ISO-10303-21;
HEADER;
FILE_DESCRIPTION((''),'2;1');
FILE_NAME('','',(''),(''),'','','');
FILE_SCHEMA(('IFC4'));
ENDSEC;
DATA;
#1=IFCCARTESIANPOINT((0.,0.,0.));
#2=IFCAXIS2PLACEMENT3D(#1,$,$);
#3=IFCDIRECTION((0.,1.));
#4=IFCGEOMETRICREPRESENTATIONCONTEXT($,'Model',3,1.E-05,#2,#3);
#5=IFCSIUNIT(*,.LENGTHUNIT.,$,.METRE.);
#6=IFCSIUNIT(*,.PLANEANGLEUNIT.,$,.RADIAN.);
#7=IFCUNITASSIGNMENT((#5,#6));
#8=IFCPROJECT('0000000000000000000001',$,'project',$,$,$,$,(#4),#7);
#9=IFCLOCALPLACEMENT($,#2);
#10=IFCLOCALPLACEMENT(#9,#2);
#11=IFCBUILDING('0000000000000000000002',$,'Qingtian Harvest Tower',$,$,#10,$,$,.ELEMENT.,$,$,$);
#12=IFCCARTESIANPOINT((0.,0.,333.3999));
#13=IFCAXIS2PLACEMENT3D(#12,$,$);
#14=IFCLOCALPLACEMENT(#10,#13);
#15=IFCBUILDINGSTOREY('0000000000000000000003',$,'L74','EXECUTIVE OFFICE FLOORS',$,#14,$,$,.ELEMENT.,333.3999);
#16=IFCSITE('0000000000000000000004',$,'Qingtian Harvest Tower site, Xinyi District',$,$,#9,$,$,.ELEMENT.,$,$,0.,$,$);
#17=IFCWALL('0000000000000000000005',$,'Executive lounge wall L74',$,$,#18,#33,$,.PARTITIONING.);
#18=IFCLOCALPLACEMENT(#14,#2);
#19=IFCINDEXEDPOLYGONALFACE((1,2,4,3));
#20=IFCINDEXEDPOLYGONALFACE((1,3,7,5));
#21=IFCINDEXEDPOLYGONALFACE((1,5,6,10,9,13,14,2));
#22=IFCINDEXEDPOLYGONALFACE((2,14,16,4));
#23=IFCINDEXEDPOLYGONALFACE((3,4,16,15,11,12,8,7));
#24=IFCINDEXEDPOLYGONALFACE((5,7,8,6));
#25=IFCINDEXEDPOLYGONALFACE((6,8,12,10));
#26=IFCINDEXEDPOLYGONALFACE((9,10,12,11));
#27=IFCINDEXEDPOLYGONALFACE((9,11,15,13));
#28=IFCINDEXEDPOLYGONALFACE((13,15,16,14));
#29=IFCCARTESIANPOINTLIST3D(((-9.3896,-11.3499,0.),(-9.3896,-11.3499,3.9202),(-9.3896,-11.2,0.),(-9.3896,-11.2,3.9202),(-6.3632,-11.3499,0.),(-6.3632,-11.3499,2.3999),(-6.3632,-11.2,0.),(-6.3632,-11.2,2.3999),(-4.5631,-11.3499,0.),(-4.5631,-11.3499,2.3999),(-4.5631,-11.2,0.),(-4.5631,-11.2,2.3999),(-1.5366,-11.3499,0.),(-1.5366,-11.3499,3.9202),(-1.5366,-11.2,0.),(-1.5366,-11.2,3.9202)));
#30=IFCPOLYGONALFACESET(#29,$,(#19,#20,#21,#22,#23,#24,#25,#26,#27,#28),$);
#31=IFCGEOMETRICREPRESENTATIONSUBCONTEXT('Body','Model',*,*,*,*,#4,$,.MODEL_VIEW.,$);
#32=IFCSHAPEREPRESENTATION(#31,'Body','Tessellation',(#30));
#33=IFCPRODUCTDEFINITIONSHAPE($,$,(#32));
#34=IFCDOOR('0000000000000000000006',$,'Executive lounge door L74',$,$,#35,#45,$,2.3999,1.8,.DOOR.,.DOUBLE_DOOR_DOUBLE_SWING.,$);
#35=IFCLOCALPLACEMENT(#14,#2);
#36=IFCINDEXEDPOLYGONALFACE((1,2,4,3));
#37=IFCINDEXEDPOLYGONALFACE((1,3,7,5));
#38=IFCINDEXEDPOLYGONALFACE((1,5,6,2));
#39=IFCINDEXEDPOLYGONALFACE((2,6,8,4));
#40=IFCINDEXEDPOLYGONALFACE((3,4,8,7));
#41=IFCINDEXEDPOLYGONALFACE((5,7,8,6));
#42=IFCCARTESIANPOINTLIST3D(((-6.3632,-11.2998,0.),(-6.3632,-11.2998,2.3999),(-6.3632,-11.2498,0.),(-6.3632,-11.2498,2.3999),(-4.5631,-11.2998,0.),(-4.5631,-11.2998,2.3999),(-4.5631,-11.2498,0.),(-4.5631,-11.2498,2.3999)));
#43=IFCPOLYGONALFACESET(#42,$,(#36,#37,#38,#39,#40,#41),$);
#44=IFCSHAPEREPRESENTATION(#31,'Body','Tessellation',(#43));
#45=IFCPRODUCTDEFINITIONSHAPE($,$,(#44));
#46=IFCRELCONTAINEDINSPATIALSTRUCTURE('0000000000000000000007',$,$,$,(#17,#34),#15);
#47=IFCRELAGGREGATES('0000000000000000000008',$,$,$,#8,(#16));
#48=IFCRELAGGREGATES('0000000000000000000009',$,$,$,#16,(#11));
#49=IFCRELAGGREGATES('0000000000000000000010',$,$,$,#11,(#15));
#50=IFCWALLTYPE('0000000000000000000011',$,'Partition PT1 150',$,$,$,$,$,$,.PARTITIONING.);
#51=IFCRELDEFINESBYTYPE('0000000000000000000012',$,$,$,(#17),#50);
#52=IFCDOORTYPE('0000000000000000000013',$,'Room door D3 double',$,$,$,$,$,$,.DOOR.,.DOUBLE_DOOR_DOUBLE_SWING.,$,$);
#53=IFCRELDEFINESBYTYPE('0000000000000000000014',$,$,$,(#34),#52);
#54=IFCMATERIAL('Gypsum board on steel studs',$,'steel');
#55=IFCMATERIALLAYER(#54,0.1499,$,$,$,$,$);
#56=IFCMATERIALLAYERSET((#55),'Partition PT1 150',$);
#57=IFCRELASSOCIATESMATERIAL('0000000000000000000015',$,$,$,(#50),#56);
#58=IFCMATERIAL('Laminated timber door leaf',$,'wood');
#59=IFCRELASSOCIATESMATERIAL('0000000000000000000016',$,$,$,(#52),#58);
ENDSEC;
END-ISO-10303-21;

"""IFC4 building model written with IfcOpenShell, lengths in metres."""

from ifc_helpers import new_model, si_unit, direction, frame, frame_2d, origin, place, context, subcontext, project, spatial, rectangle, extrude, material, layer, layer_set, type_object, element, fill, save


model = new_model("IFC4")

# Units and contexts
model_context = context("Model", 3, precision=1e-05, world=origin(), true_north=direction((0.0, 1.0)))
body_context = subcontext(model_context, "Body", "Model", "MODEL_VIEW")
ifc_project = project(units=[si_unit("LENGTHUNIT", "METRE"), si_unit("PLANEANGLEUNIT", "RADIAN")], contexts=[model_context])

# Site, building, storey
site_placement = place(None, origin())
site = spatial("IfcSite", under=ifc_project, at=site_placement, Name="Qingtian Harvest Tower site, Xinyi District", CompositionType="ELEMENT", RefElevation=0.0)
building_placement = place(site_placement, origin())
building = spatial("IfcBuilding", under=site, at=building_placement, Name="Qingtian Harvest Tower", CompositionType="ELEMENT")
storey_placement = place(building_placement, frame((0.0, 0.0, 333.3999)))
storey = spatial("IfcBuildingStorey", under=building, at=storey_placement, Name="L74", Description="EXECUTIVE OFFICE FLOORS", CompositionType="ELEMENT", Elevation=333.3999)

# Wall, opening, door
ifc_material_1 = material(Name="Gypsum board on steel studs", Category="steel")
ifc_layer_1 = layer(ifc_material_1, 0.1499)
ifc_layer_set_1 = layer_set([ifc_layer_1], Name="Partition PT1 150")
wall_type_1 = type_object("IfcWallType", Name="Partition PT1 150", PredefinedType="PARTITIONING", material=ifc_layer_set_1)
wall_1_placement = place(storey_placement, frame((-1.5366, -11.2749, 0.0), z_axis=(0.0, 0.0, 1.0), x_axis=(-1.0, 0.0, 0.0)))
wall_1 = element("IfcWall", 1, at=wall_1_placement, inside=storey, type_object=wall_type_1, Name="Executive lounge wall L74", PredefinedType="PARTITIONING", context=body_context, shape_type="SweptSolid", body=[
    extrude(rectangle(XDim=7.853, YDim=0.1499, at=frame_2d((3.9265, 0.0))), origin(), (0.0, 0.0, 1.0), 3.9202),
])
opening_1_placement = place(wall_1_placement, frame((3.0266, 0.0, 0.0)))
opening_1 = element("IfcOpeningElement", 2, at=opening_1_placement, cuts=wall_1, PredefinedType="OPENING", context=body_context, shape_type="SweptSolid", body=[
    extrude(rectangle(XDim=1.8, YDim=2.3999, at=frame_2d((0.8999, 1.2))), frame((0.0, 0.085, 0.0), z_axis=(0.0, -1.0, 0.0), x_axis=(1.0, 0.0, 0.0)), (0.0, 0.0, 1.0), 0.1699),
])
ifc_material_2 = material(Name="Laminated timber door leaf", Category="wood")
door_type_1 = type_object("IfcDoorType", Name="Room door D3 double", OperationType="DOUBLE_DOOR_DOUBLE_SWING", PredefinedType="DOOR", material=ifc_material_2)
door_1_placement = place(opening_1_placement, origin())
door_1 = element("IfcDoor", 3, at=door_1_placement, inside=storey, type_object=door_type_1, Name="Executive lounge door L74", OperationType="DOUBLE_DOOR_DOUBLE_SWING", OverallHeight=2.3999, OverallWidth=1.8, PredefinedType="DOOR", context=body_context, shape_type="SweptSolid", body=[
    extrude(rectangle(XDim=1.8, YDim=2.3999, at=frame_2d((0.8999, 1.2))), frame((0.0, 0.0249, 0.0), z_axis=(0.0, -1.0, 0.0), x_axis=(1.0, 0.0, 0.0)), (0.0, 0.0, 1.0), 0.05),
])
fill(opening_1, door_1)

save(model, "model.ifc")
